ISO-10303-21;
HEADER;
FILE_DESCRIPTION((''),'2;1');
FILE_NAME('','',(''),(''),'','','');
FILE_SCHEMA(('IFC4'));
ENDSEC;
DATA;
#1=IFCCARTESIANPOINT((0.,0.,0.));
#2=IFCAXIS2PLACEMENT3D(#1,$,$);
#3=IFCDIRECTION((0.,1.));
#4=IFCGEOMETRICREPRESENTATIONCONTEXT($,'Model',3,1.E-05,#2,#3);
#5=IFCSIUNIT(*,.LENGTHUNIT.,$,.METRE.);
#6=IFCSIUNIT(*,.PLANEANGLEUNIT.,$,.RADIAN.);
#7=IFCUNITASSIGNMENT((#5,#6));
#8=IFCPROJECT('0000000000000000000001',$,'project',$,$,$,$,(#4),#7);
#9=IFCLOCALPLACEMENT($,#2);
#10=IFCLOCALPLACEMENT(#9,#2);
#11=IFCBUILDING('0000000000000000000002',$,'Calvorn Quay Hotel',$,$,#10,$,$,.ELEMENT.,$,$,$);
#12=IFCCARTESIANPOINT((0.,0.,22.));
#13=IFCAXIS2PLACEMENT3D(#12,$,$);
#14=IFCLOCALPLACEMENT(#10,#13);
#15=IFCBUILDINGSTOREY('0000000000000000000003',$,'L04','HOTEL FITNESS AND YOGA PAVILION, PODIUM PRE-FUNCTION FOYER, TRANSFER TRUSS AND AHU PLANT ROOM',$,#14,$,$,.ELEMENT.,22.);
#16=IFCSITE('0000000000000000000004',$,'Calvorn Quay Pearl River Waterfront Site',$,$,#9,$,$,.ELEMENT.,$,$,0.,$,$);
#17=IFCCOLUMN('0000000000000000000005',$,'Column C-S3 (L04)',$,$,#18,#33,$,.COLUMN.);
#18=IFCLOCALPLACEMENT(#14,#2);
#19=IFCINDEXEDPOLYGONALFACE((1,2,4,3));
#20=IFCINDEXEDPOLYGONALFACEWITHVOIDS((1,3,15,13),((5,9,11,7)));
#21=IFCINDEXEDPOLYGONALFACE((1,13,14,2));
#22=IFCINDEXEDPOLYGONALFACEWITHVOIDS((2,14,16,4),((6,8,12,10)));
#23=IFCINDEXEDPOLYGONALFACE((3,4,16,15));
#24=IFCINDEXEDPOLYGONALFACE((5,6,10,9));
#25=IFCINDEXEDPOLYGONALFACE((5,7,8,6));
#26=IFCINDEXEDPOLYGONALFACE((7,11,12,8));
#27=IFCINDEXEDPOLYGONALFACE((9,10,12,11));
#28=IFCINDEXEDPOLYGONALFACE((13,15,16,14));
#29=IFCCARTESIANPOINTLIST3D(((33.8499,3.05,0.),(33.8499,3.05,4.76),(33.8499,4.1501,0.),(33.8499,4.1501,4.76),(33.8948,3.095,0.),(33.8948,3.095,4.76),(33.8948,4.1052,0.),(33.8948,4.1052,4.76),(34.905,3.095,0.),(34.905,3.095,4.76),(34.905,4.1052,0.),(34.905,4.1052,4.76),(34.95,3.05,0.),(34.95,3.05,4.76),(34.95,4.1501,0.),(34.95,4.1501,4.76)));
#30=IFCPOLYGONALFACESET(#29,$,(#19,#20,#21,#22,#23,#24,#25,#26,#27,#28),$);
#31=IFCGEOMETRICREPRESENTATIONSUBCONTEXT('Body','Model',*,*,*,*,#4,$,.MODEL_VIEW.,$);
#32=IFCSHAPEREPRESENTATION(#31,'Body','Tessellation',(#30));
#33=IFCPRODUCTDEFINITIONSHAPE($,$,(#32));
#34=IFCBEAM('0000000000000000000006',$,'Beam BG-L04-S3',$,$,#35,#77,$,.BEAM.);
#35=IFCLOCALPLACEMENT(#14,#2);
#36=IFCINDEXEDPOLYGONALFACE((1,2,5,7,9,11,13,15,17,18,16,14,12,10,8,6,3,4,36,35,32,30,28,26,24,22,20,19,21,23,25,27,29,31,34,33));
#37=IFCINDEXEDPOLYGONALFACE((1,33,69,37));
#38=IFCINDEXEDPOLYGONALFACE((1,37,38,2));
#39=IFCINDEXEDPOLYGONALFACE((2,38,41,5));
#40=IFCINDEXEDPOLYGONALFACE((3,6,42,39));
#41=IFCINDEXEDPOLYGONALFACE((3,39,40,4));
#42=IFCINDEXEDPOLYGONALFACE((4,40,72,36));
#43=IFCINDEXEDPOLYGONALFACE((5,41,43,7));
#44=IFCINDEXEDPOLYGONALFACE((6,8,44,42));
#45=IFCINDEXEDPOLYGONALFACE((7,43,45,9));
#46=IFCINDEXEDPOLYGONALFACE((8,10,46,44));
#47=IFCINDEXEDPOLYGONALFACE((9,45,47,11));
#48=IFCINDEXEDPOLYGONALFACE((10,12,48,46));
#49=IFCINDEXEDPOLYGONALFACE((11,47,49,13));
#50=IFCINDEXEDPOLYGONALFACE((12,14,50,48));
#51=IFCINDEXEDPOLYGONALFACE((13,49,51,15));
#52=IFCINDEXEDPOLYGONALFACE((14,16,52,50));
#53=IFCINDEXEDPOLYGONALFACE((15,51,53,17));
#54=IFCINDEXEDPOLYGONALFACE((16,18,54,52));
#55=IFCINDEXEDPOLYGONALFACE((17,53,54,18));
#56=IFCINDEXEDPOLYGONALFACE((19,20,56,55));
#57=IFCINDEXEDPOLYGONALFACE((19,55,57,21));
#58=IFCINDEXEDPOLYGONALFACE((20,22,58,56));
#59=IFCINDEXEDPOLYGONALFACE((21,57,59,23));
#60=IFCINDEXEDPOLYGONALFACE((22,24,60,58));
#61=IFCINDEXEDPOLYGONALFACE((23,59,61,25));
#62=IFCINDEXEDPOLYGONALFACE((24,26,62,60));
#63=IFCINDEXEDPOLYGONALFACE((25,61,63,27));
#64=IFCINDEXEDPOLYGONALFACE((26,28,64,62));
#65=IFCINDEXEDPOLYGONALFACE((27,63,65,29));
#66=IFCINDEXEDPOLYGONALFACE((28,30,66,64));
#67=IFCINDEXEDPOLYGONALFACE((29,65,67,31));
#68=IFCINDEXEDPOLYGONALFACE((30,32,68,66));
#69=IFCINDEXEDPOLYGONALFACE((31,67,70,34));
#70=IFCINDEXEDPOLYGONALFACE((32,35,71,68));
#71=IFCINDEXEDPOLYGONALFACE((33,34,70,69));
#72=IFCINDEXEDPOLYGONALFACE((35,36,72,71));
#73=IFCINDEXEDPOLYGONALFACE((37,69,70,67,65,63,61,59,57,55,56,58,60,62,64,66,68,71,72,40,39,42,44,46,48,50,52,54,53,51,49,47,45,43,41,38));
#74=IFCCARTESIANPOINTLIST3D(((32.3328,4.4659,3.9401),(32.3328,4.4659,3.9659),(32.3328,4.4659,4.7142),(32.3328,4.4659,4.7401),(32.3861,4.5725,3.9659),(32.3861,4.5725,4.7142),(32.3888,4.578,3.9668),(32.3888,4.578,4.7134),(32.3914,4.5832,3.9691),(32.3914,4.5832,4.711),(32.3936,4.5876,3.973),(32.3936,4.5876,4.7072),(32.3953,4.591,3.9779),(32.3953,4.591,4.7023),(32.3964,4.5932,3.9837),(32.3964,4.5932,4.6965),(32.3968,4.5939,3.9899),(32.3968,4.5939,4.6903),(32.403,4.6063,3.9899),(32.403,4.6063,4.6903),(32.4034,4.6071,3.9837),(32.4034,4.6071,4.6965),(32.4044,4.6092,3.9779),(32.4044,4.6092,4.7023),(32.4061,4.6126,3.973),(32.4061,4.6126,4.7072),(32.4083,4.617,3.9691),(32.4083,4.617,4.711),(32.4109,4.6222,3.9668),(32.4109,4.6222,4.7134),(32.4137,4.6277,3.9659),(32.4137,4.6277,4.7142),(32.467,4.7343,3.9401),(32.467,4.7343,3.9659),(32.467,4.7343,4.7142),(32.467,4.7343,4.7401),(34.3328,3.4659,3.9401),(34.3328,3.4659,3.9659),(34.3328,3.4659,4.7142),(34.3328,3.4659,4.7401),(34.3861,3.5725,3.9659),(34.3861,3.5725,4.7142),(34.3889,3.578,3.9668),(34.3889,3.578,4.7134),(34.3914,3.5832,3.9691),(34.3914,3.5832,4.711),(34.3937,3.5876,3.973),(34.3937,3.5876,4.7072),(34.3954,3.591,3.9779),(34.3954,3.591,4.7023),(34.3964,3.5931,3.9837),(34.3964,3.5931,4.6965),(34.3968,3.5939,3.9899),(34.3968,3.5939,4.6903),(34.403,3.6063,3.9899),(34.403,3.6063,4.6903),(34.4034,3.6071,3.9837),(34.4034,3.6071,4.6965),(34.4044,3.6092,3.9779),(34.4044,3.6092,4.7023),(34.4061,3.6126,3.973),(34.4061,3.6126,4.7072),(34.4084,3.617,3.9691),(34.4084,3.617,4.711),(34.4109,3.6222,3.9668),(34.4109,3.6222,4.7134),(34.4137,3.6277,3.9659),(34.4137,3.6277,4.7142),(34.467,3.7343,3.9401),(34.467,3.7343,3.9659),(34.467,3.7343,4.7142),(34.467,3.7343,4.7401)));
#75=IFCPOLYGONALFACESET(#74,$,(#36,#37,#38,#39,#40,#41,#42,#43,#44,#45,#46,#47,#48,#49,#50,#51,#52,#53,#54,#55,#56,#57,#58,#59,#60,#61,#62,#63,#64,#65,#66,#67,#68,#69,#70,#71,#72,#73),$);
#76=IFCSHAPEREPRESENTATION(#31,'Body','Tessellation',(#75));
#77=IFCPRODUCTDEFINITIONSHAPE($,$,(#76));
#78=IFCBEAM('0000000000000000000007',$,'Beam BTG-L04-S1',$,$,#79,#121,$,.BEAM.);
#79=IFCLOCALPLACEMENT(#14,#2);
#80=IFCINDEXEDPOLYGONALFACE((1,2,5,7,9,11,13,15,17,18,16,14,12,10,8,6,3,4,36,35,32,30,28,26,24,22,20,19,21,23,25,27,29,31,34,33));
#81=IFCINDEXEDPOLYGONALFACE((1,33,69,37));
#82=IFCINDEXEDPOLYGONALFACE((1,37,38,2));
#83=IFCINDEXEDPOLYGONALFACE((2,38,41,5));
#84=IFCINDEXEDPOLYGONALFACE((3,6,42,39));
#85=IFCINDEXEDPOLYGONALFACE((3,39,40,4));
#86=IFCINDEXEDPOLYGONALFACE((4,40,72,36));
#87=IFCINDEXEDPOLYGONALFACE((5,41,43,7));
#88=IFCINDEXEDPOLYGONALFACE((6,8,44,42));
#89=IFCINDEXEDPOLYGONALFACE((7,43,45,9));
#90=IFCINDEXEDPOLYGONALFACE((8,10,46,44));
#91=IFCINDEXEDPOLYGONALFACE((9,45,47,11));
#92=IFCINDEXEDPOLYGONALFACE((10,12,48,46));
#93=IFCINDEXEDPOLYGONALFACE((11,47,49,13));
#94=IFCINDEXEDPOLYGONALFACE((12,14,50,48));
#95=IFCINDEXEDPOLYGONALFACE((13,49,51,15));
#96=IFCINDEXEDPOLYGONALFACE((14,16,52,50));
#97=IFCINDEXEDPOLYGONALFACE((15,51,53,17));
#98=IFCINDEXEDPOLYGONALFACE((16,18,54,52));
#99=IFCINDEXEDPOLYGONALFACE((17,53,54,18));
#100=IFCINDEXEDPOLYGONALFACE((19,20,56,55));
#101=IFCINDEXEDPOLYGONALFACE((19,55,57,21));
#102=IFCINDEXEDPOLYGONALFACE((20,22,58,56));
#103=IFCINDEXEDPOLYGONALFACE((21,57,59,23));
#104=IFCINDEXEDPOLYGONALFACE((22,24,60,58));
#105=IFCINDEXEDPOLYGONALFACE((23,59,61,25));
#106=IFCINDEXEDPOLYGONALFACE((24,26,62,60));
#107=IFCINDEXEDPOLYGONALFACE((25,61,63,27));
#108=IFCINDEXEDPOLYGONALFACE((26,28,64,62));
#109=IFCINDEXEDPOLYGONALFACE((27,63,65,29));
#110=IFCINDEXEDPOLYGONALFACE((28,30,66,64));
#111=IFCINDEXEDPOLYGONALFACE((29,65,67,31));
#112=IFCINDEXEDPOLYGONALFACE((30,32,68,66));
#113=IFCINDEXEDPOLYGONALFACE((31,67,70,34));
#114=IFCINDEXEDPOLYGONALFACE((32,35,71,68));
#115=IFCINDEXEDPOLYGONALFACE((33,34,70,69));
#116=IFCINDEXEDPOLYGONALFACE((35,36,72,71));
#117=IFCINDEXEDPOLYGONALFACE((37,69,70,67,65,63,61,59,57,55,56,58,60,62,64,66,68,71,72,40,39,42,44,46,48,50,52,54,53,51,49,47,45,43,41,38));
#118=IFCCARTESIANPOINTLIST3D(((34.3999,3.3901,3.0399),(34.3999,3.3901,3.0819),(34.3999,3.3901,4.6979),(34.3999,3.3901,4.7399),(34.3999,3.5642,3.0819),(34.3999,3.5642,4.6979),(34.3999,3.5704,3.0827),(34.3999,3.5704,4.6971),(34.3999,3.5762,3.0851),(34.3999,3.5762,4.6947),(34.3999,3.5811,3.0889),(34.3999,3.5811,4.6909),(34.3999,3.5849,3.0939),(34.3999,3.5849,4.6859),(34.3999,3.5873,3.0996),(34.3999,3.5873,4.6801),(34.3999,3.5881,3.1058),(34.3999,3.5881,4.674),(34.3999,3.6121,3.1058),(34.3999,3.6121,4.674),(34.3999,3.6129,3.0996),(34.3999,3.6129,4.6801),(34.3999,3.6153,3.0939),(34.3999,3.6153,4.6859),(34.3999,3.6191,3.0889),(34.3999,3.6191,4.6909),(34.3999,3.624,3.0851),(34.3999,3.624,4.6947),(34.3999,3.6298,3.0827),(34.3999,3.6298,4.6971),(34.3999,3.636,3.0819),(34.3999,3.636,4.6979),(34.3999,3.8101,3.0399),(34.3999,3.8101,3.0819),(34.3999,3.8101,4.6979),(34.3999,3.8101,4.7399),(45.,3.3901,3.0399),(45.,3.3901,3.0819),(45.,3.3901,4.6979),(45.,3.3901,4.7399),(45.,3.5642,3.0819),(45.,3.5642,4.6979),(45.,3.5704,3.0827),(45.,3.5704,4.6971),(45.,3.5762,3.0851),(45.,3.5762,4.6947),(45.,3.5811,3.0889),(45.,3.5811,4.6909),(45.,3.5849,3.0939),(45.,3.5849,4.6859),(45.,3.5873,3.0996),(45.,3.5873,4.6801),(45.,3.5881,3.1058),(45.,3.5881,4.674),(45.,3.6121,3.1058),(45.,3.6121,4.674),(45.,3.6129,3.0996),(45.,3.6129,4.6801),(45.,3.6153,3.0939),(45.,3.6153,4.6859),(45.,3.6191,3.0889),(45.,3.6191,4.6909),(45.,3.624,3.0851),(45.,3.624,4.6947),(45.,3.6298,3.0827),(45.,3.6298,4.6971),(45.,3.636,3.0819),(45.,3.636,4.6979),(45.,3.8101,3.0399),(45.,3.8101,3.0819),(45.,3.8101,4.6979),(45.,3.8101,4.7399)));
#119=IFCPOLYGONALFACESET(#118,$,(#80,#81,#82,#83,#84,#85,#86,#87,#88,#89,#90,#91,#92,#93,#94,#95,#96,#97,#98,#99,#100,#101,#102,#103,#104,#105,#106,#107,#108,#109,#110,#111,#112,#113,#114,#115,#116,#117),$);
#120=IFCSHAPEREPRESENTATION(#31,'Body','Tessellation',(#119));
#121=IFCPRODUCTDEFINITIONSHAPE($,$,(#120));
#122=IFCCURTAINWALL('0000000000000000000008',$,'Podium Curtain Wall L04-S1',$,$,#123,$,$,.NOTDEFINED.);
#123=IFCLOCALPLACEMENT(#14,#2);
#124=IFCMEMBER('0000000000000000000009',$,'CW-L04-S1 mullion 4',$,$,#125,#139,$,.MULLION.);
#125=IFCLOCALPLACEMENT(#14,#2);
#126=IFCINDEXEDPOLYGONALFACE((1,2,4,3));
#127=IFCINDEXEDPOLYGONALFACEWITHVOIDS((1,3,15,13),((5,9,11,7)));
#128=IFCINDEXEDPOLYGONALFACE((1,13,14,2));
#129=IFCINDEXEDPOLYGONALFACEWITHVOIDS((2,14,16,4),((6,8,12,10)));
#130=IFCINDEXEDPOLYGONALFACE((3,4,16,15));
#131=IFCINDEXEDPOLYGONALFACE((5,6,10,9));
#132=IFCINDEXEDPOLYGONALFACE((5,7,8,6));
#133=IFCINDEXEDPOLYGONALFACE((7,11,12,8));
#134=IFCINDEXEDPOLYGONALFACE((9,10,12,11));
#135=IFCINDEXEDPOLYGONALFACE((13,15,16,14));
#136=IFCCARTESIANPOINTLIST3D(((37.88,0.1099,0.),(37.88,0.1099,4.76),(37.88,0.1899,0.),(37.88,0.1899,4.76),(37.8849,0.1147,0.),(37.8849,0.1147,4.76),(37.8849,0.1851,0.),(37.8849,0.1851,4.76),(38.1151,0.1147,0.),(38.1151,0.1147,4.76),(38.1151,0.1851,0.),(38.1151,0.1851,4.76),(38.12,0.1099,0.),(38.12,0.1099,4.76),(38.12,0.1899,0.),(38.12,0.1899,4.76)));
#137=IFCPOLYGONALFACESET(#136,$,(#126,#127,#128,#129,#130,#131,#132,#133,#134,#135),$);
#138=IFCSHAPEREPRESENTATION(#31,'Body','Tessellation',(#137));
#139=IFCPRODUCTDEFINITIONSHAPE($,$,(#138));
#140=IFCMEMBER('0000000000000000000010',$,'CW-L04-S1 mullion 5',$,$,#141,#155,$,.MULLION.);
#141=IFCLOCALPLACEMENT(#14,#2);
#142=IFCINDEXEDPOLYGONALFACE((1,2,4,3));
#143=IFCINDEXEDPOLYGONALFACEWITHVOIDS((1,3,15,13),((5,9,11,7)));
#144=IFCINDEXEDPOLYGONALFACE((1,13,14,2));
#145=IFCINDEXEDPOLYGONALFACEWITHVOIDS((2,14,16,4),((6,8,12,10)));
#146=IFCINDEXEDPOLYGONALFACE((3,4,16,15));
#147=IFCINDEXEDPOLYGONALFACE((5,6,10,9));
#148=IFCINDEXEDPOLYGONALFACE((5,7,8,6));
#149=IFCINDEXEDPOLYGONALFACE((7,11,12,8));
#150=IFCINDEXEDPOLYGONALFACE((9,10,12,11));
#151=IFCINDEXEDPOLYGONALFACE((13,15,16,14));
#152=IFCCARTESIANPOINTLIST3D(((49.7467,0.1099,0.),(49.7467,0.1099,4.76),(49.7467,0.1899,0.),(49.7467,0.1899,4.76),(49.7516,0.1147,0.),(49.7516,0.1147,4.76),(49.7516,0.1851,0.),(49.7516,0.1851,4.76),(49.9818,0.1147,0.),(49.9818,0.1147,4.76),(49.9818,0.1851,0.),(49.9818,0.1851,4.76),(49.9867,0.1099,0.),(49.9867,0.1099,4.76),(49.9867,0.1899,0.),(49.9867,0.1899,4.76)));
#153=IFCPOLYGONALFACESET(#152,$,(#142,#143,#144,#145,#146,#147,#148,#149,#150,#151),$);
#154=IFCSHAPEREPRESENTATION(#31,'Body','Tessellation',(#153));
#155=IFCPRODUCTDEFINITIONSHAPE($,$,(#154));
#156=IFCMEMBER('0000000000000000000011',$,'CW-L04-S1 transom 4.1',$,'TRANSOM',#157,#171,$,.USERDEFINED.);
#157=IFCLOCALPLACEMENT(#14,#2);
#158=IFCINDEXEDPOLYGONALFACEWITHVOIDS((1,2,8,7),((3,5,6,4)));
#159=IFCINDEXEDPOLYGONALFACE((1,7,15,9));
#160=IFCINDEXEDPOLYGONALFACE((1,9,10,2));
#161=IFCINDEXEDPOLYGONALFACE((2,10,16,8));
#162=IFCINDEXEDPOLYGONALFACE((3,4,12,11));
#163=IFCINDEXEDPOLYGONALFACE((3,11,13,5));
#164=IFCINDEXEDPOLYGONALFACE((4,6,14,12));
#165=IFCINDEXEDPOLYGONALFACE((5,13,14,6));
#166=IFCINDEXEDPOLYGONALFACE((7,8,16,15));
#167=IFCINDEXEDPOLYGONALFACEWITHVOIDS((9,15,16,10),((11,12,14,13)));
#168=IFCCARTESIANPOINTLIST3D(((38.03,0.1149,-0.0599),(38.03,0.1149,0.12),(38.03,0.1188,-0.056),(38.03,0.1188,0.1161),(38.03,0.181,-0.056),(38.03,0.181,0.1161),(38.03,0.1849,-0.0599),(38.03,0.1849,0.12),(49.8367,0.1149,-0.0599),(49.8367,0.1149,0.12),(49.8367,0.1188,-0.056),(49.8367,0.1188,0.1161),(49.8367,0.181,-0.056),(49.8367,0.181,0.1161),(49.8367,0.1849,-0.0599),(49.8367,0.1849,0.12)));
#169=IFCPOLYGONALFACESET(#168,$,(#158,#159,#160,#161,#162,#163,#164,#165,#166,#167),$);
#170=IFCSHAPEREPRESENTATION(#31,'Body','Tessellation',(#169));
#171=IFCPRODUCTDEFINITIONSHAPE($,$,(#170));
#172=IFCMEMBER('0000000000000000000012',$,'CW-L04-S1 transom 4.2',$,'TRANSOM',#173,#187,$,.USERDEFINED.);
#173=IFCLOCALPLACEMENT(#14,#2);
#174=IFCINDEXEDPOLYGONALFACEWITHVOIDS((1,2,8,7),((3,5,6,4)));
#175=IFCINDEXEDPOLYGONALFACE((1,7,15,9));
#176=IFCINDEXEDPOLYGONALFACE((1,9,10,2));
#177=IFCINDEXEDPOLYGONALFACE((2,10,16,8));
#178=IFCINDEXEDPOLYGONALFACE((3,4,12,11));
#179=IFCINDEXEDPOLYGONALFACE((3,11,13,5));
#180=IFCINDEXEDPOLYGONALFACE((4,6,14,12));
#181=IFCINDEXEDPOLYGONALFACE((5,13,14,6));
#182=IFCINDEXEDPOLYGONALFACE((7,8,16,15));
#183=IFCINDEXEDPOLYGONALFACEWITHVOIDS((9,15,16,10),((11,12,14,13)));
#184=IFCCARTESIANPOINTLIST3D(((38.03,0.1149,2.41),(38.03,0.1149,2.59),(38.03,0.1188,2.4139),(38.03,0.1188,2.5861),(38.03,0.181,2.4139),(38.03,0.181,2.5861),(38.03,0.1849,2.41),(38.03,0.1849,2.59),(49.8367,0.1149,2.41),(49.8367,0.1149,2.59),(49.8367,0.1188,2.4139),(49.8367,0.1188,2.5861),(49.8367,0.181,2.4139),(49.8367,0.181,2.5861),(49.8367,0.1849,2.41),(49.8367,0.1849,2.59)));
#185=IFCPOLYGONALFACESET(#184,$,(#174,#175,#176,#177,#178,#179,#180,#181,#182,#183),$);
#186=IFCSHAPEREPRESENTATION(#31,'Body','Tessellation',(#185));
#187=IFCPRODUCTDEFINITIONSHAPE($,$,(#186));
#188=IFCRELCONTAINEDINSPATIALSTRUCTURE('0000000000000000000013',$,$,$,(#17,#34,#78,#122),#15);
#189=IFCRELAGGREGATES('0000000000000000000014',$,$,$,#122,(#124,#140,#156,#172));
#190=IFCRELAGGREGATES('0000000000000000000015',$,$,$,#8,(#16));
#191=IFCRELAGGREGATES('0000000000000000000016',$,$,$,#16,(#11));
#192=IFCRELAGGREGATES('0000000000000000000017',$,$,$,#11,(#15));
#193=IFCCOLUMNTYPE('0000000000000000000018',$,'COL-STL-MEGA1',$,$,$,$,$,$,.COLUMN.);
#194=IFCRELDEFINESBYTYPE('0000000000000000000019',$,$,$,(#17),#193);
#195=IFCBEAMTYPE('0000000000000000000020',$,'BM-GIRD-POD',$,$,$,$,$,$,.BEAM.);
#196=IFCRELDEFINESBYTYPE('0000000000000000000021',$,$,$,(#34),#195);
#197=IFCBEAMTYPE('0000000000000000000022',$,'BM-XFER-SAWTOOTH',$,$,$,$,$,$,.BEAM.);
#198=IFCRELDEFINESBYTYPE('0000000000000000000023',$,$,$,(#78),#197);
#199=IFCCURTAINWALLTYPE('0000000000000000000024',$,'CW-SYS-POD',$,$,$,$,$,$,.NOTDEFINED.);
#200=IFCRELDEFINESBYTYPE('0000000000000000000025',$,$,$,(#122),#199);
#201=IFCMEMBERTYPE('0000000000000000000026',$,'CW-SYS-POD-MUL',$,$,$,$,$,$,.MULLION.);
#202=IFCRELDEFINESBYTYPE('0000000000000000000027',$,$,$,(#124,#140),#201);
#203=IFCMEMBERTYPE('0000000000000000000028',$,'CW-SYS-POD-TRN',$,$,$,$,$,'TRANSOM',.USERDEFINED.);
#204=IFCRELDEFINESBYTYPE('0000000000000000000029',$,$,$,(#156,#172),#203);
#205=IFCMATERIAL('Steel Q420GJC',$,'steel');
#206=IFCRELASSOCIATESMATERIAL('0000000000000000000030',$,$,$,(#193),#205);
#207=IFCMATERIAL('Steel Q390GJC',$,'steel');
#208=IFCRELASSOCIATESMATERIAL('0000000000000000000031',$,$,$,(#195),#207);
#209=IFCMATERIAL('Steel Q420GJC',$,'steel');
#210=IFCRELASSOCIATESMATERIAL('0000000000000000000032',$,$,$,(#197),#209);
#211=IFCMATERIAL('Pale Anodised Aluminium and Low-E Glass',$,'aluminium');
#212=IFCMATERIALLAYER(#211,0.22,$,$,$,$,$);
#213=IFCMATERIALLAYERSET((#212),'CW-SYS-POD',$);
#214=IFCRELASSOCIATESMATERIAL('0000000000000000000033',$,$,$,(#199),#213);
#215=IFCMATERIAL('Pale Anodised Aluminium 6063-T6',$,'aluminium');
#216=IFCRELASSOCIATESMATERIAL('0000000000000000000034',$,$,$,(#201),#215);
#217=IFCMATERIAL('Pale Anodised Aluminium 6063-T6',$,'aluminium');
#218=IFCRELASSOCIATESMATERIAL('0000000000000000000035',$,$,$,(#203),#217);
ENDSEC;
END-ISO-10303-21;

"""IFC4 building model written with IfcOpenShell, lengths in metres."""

from ifc_helpers import new_model, si_unit, direction, frame, origin, origin_2d, place, context, subcontext, project, spatial, hollow_rectangle, i_section, extrude, material, layer, layer_set, material_profile, profile_set, type_object, element, aggregate, save


model = new_model("IFC4")

# Units and contexts
model_context = context("Model", 3, precision=1e-05, world=origin(), true_north=direction((0.0, 1.0)))
body_context = subcontext(model_context, "Body", "Model", "MODEL_VIEW")
ifc_project = project(units=[si_unit("LENGTHUNIT", "METRE"), si_unit("PLANEANGLEUNIT", "RADIAN")], contexts=[model_context])

# Site, building, storey
site_placement = place(None, origin())
site = spatial("IfcSite", under=ifc_project, at=site_placement, Name="Calvorn Quay Pearl River Waterfront Site", CompositionType="ELEMENT", RefElevation=0.0)
building_placement = place(site_placement, origin())
building = spatial("IfcBuilding", under=site, at=building_placement, Name="Calvorn Quay Hotel", CompositionType="ELEMENT")
storey_placement = place(building_placement, frame((0.0, 0.0, 22.0)))
storey = spatial("IfcBuildingStorey", under=building, at=storey_placement, Name="L04", Description="HOTEL FITNESS AND YOGA PAVILION, PODIUM PRE-FUNCTION FOYER, TRANSFER TRUSS AND AHU PLANT ROOM", CompositionType="ELEMENT", Elevation=22.0)

# Column
ifc_material_1 = material(Name="Steel Q420GJC", Category="steel")
ifc_material_profile_1 = material_profile(ifc_material_1, hollow_rectangle(XDim=1.1001, YDim=1.1001, WallThickness=0.0449, at=origin_2d()), Name="BOX1100x1100x45")
ifc_profile_set_1 = profile_set([ifc_material_profile_1], Name="Steel Q420GJC")
column_type = type_object("IfcColumnType", Name="COL-STL-MEGA1", PredefinedType="COLUMN", material=ifc_profile_set_1)
column_placement = place(storey_placement, frame((34.3999, 3.6001, 0.0), z_axis=(0.0, 0.0, 1.0), x_axis=(1.0, 0.0, 0.0)))
element("IfcColumn", 1, at=column_placement, inside=storey, type_object=column_type, Name="Column C-S3 (L04)", PredefinedType="COLUMN", context=body_context, shape_type="SweptSolid", body=[
    extrude(hollow_rectangle(XDim=1.1001, YDim=1.1001, WallThickness=0.0449, at=origin_2d()), origin(), (0.0, 0.0, 1.0), 4.76),
])

# Beams
ifc_material_2 = material(Name="Steel Q390GJC", Category="steel")
ifc_material_profile_2 = material_profile(ifc_material_2, i_section(OverallWidth=0.3, OverallDepth=0.8, WebThickness=0.0139, FlangeThickness=0.0259, FilletRadius=0.0239, at=origin_2d()), Name="HN800x300x14x26")
ifc_profile_set_2 = profile_set([ifc_material_profile_2], Name="Steel Q390GJC")
beam_type_1 = type_object("IfcBeamType", Name="BM-GIRD-POD", PredefinedType="BEAM", material=ifc_profile_set_2)
beam_1_placement = place(storey_placement, frame((34.3999, 3.6001, 4.3401), z_axis=(-0.894427, 0.447214, 0.0), x_axis=(-0.447214, -0.894427, 0.0)))
element("IfcBeam", 2, at=beam_1_placement, inside=storey, type_object=beam_type_1, Name="Beam BG-L04-S3", PredefinedType="BEAM", context=body_context, shape_type="SweptSolid", body=[
    extrude(i_section(OverallWidth=0.3, OverallDepth=0.8, WebThickness=0.0139, FlangeThickness=0.0259, FilletRadius=0.0239, at=origin_2d()), origin(), (0.0, 0.0, 1.0), 2.2361),
])
ifc_material_3 = material(Name="Steel Q420GJC", Category="steel")
ifc_material_profile_3 = material_profile(ifc_material_3, i_section(OverallWidth=0.4199, OverallDepth=1.7, WebThickness=0.0239, FlangeThickness=0.042, FilletRadius=0.0239, at=origin_2d()), Name="HN1700x420x24x42")
ifc_profile_set_3 = profile_set([ifc_material_profile_3], Name="Steel Q420GJC")
beam_type_2 = type_object("IfcBeamType", Name="BM-XFER-SAWTOOTH", PredefinedType="BEAM", material=ifc_profile_set_3)
beam_2_placement = place(storey_placement, frame((34.3999, 3.6001, 3.8899), z_axis=(1.0, 0.0, 0.0), x_axis=(0.0, 1.0, 0.0)))
element("IfcBeam", 3, at=beam_2_placement, inside=storey, type_object=beam_type_2, Name="Beam BTG-L04-S1", PredefinedType="BEAM", context=body_context, shape_type="SweptSolid", body=[
    extrude(i_section(OverallWidth=0.4199, OverallDepth=1.7, WebThickness=0.0239, FlangeThickness=0.042, FilletRadius=0.0239, at=origin_2d()), origin(), (0.0, 0.0, 1.0), 10.6001),
])

# Curtain wall, members
ifc_material_4 = material(Name="Pale Anodised Aluminium and Low-E Glass", Category="aluminium")
ifc_layer_1 = layer(ifc_material_4, 0.22)
ifc_layer_set_1 = layer_set([ifc_layer_1], Name="CW-SYS-POD")
curtain_wall_type = type_object("IfcCurtainWallType", Name="CW-SYS-POD", PredefinedType="NOTDEFINED", material=ifc_layer_set_1)
curtain_wall_placement = place(storey_placement, origin())
curtain_wall = element("IfcCurtainWall", 4, at=curtain_wall_placement, inside=storey, type_object=curtain_wall_type, Name="Podium Curtain Wall L04-S1", PredefinedType="NOTDEFINED")
ifc_material_5 = material(Name="Pale Anodised Aluminium 6063-T6", Category="aluminium")
ifc_material_profile_4 = material_profile(ifc_material_5, hollow_rectangle(XDim=0.0801, YDim=0.24, WallThickness=0.0049, at=origin_2d()), Name="ALU-M240x80x5")
ifc_profile_set_4 = profile_set([ifc_material_profile_4], Name="Pale Anodised Aluminium 6063-T6")
member_type_1 = type_object("IfcMemberType", Name="CW-SYS-POD-MUL", PredefinedType="MULLION", material=ifc_profile_set_4)
member_1_placement = place(storey_placement, frame((38.0, 0.1499, 0.0), z_axis=(0.0, 0.0, 1.0), x_axis=(0.0, 1.0, 0.0)))
member_1 = element("IfcMember", 5, at=member_1_placement, type_object=member_type_1, Name="CW-L04-S1 mullion 4", PredefinedType="MULLION", context=body_context, shape_type="SweptSolid", body=[
    extrude(hollow_rectangle(XDim=0.0801, YDim=0.24, WallThickness=0.0049, at=origin_2d()), origin(), (0.0, 0.0, 1.0), 4.76),
])
member_2_placement = place(storey_placement, frame((49.8667, 0.1499, 0.0), z_axis=(0.0, 0.0, 1.0), x_axis=(0.0, 1.0, 0.0)))
member_2 = element("IfcMember", 6, at=member_2_placement, type_object=member_type_1, Name="CW-L04-S1 mullion 5", PredefinedType="MULLION", context=body_context, shape_type="SweptSolid", body=[
    extrude(hollow_rectangle(XDim=0.0801, YDim=0.24, WallThickness=0.0049, at=origin_2d()), origin(), (0.0, 0.0, 1.0), 4.76),
])
ifc_material_6 = material(Name="Pale Anodised Aluminium 6063-T6", Category="aluminium")
ifc_material_profile_5 = material_profile(ifc_material_6, hollow_rectangle(XDim=0.0701, YDim=0.1799, WallThickness=0.0039, at=origin_2d()), Name="ALU-T180x70x4")
ifc_profile_set_5 = profile_set([ifc_material_profile_5], Name="Pale Anodised Aluminium 6063-T6")
member_type_2 = type_object("IfcMemberType", Name="CW-SYS-POD-TRN", ElementType="TRANSOM", PredefinedType="USERDEFINED", material=ifc_profile_set_5)
member_3_placement = place(storey_placement, frame((38.03, 0.1499, 0.03), z_axis=(1.0, 0.0, 0.0), x_axis=(0.0, 1.0, 0.0)))
member_3 = element("IfcMember", 7, at=member_3_placement, type_object=member_type_2, Name="CW-L04-S1 transom 4.1", ObjectType="TRANSOM", PredefinedType="USERDEFINED", context=body_context, shape_type="SweptSolid", body=[
    extrude(hollow_rectangle(XDim=0.0701, YDim=0.1799, WallThickness=0.0039, at=origin_2d()), origin(), (0.0, 0.0, 1.0), 11.8066),
])
member_4_placement = place(storey_placement, frame((38.03, 0.1499, 2.5), z_axis=(1.0, 0.0, 0.0), x_axis=(0.0, 1.0, 0.0)))
member_4 = element("IfcMember", 8, at=member_4_placement, type_object=member_type_2, Name="CW-L04-S1 transom 4.2", ObjectType="TRANSOM", PredefinedType="USERDEFINED", context=body_context, shape_type="SweptSolid", body=[
    extrude(hollow_rectangle(XDim=0.0701, YDim=0.1799, WallThickness=0.0039, at=origin_2d()), origin(), (0.0, 0.0, 1.0), 11.8066),
])

aggregate(curtain_wall, [member_1, member_2, member_3, member_4])

save(model, "model.ifc")
